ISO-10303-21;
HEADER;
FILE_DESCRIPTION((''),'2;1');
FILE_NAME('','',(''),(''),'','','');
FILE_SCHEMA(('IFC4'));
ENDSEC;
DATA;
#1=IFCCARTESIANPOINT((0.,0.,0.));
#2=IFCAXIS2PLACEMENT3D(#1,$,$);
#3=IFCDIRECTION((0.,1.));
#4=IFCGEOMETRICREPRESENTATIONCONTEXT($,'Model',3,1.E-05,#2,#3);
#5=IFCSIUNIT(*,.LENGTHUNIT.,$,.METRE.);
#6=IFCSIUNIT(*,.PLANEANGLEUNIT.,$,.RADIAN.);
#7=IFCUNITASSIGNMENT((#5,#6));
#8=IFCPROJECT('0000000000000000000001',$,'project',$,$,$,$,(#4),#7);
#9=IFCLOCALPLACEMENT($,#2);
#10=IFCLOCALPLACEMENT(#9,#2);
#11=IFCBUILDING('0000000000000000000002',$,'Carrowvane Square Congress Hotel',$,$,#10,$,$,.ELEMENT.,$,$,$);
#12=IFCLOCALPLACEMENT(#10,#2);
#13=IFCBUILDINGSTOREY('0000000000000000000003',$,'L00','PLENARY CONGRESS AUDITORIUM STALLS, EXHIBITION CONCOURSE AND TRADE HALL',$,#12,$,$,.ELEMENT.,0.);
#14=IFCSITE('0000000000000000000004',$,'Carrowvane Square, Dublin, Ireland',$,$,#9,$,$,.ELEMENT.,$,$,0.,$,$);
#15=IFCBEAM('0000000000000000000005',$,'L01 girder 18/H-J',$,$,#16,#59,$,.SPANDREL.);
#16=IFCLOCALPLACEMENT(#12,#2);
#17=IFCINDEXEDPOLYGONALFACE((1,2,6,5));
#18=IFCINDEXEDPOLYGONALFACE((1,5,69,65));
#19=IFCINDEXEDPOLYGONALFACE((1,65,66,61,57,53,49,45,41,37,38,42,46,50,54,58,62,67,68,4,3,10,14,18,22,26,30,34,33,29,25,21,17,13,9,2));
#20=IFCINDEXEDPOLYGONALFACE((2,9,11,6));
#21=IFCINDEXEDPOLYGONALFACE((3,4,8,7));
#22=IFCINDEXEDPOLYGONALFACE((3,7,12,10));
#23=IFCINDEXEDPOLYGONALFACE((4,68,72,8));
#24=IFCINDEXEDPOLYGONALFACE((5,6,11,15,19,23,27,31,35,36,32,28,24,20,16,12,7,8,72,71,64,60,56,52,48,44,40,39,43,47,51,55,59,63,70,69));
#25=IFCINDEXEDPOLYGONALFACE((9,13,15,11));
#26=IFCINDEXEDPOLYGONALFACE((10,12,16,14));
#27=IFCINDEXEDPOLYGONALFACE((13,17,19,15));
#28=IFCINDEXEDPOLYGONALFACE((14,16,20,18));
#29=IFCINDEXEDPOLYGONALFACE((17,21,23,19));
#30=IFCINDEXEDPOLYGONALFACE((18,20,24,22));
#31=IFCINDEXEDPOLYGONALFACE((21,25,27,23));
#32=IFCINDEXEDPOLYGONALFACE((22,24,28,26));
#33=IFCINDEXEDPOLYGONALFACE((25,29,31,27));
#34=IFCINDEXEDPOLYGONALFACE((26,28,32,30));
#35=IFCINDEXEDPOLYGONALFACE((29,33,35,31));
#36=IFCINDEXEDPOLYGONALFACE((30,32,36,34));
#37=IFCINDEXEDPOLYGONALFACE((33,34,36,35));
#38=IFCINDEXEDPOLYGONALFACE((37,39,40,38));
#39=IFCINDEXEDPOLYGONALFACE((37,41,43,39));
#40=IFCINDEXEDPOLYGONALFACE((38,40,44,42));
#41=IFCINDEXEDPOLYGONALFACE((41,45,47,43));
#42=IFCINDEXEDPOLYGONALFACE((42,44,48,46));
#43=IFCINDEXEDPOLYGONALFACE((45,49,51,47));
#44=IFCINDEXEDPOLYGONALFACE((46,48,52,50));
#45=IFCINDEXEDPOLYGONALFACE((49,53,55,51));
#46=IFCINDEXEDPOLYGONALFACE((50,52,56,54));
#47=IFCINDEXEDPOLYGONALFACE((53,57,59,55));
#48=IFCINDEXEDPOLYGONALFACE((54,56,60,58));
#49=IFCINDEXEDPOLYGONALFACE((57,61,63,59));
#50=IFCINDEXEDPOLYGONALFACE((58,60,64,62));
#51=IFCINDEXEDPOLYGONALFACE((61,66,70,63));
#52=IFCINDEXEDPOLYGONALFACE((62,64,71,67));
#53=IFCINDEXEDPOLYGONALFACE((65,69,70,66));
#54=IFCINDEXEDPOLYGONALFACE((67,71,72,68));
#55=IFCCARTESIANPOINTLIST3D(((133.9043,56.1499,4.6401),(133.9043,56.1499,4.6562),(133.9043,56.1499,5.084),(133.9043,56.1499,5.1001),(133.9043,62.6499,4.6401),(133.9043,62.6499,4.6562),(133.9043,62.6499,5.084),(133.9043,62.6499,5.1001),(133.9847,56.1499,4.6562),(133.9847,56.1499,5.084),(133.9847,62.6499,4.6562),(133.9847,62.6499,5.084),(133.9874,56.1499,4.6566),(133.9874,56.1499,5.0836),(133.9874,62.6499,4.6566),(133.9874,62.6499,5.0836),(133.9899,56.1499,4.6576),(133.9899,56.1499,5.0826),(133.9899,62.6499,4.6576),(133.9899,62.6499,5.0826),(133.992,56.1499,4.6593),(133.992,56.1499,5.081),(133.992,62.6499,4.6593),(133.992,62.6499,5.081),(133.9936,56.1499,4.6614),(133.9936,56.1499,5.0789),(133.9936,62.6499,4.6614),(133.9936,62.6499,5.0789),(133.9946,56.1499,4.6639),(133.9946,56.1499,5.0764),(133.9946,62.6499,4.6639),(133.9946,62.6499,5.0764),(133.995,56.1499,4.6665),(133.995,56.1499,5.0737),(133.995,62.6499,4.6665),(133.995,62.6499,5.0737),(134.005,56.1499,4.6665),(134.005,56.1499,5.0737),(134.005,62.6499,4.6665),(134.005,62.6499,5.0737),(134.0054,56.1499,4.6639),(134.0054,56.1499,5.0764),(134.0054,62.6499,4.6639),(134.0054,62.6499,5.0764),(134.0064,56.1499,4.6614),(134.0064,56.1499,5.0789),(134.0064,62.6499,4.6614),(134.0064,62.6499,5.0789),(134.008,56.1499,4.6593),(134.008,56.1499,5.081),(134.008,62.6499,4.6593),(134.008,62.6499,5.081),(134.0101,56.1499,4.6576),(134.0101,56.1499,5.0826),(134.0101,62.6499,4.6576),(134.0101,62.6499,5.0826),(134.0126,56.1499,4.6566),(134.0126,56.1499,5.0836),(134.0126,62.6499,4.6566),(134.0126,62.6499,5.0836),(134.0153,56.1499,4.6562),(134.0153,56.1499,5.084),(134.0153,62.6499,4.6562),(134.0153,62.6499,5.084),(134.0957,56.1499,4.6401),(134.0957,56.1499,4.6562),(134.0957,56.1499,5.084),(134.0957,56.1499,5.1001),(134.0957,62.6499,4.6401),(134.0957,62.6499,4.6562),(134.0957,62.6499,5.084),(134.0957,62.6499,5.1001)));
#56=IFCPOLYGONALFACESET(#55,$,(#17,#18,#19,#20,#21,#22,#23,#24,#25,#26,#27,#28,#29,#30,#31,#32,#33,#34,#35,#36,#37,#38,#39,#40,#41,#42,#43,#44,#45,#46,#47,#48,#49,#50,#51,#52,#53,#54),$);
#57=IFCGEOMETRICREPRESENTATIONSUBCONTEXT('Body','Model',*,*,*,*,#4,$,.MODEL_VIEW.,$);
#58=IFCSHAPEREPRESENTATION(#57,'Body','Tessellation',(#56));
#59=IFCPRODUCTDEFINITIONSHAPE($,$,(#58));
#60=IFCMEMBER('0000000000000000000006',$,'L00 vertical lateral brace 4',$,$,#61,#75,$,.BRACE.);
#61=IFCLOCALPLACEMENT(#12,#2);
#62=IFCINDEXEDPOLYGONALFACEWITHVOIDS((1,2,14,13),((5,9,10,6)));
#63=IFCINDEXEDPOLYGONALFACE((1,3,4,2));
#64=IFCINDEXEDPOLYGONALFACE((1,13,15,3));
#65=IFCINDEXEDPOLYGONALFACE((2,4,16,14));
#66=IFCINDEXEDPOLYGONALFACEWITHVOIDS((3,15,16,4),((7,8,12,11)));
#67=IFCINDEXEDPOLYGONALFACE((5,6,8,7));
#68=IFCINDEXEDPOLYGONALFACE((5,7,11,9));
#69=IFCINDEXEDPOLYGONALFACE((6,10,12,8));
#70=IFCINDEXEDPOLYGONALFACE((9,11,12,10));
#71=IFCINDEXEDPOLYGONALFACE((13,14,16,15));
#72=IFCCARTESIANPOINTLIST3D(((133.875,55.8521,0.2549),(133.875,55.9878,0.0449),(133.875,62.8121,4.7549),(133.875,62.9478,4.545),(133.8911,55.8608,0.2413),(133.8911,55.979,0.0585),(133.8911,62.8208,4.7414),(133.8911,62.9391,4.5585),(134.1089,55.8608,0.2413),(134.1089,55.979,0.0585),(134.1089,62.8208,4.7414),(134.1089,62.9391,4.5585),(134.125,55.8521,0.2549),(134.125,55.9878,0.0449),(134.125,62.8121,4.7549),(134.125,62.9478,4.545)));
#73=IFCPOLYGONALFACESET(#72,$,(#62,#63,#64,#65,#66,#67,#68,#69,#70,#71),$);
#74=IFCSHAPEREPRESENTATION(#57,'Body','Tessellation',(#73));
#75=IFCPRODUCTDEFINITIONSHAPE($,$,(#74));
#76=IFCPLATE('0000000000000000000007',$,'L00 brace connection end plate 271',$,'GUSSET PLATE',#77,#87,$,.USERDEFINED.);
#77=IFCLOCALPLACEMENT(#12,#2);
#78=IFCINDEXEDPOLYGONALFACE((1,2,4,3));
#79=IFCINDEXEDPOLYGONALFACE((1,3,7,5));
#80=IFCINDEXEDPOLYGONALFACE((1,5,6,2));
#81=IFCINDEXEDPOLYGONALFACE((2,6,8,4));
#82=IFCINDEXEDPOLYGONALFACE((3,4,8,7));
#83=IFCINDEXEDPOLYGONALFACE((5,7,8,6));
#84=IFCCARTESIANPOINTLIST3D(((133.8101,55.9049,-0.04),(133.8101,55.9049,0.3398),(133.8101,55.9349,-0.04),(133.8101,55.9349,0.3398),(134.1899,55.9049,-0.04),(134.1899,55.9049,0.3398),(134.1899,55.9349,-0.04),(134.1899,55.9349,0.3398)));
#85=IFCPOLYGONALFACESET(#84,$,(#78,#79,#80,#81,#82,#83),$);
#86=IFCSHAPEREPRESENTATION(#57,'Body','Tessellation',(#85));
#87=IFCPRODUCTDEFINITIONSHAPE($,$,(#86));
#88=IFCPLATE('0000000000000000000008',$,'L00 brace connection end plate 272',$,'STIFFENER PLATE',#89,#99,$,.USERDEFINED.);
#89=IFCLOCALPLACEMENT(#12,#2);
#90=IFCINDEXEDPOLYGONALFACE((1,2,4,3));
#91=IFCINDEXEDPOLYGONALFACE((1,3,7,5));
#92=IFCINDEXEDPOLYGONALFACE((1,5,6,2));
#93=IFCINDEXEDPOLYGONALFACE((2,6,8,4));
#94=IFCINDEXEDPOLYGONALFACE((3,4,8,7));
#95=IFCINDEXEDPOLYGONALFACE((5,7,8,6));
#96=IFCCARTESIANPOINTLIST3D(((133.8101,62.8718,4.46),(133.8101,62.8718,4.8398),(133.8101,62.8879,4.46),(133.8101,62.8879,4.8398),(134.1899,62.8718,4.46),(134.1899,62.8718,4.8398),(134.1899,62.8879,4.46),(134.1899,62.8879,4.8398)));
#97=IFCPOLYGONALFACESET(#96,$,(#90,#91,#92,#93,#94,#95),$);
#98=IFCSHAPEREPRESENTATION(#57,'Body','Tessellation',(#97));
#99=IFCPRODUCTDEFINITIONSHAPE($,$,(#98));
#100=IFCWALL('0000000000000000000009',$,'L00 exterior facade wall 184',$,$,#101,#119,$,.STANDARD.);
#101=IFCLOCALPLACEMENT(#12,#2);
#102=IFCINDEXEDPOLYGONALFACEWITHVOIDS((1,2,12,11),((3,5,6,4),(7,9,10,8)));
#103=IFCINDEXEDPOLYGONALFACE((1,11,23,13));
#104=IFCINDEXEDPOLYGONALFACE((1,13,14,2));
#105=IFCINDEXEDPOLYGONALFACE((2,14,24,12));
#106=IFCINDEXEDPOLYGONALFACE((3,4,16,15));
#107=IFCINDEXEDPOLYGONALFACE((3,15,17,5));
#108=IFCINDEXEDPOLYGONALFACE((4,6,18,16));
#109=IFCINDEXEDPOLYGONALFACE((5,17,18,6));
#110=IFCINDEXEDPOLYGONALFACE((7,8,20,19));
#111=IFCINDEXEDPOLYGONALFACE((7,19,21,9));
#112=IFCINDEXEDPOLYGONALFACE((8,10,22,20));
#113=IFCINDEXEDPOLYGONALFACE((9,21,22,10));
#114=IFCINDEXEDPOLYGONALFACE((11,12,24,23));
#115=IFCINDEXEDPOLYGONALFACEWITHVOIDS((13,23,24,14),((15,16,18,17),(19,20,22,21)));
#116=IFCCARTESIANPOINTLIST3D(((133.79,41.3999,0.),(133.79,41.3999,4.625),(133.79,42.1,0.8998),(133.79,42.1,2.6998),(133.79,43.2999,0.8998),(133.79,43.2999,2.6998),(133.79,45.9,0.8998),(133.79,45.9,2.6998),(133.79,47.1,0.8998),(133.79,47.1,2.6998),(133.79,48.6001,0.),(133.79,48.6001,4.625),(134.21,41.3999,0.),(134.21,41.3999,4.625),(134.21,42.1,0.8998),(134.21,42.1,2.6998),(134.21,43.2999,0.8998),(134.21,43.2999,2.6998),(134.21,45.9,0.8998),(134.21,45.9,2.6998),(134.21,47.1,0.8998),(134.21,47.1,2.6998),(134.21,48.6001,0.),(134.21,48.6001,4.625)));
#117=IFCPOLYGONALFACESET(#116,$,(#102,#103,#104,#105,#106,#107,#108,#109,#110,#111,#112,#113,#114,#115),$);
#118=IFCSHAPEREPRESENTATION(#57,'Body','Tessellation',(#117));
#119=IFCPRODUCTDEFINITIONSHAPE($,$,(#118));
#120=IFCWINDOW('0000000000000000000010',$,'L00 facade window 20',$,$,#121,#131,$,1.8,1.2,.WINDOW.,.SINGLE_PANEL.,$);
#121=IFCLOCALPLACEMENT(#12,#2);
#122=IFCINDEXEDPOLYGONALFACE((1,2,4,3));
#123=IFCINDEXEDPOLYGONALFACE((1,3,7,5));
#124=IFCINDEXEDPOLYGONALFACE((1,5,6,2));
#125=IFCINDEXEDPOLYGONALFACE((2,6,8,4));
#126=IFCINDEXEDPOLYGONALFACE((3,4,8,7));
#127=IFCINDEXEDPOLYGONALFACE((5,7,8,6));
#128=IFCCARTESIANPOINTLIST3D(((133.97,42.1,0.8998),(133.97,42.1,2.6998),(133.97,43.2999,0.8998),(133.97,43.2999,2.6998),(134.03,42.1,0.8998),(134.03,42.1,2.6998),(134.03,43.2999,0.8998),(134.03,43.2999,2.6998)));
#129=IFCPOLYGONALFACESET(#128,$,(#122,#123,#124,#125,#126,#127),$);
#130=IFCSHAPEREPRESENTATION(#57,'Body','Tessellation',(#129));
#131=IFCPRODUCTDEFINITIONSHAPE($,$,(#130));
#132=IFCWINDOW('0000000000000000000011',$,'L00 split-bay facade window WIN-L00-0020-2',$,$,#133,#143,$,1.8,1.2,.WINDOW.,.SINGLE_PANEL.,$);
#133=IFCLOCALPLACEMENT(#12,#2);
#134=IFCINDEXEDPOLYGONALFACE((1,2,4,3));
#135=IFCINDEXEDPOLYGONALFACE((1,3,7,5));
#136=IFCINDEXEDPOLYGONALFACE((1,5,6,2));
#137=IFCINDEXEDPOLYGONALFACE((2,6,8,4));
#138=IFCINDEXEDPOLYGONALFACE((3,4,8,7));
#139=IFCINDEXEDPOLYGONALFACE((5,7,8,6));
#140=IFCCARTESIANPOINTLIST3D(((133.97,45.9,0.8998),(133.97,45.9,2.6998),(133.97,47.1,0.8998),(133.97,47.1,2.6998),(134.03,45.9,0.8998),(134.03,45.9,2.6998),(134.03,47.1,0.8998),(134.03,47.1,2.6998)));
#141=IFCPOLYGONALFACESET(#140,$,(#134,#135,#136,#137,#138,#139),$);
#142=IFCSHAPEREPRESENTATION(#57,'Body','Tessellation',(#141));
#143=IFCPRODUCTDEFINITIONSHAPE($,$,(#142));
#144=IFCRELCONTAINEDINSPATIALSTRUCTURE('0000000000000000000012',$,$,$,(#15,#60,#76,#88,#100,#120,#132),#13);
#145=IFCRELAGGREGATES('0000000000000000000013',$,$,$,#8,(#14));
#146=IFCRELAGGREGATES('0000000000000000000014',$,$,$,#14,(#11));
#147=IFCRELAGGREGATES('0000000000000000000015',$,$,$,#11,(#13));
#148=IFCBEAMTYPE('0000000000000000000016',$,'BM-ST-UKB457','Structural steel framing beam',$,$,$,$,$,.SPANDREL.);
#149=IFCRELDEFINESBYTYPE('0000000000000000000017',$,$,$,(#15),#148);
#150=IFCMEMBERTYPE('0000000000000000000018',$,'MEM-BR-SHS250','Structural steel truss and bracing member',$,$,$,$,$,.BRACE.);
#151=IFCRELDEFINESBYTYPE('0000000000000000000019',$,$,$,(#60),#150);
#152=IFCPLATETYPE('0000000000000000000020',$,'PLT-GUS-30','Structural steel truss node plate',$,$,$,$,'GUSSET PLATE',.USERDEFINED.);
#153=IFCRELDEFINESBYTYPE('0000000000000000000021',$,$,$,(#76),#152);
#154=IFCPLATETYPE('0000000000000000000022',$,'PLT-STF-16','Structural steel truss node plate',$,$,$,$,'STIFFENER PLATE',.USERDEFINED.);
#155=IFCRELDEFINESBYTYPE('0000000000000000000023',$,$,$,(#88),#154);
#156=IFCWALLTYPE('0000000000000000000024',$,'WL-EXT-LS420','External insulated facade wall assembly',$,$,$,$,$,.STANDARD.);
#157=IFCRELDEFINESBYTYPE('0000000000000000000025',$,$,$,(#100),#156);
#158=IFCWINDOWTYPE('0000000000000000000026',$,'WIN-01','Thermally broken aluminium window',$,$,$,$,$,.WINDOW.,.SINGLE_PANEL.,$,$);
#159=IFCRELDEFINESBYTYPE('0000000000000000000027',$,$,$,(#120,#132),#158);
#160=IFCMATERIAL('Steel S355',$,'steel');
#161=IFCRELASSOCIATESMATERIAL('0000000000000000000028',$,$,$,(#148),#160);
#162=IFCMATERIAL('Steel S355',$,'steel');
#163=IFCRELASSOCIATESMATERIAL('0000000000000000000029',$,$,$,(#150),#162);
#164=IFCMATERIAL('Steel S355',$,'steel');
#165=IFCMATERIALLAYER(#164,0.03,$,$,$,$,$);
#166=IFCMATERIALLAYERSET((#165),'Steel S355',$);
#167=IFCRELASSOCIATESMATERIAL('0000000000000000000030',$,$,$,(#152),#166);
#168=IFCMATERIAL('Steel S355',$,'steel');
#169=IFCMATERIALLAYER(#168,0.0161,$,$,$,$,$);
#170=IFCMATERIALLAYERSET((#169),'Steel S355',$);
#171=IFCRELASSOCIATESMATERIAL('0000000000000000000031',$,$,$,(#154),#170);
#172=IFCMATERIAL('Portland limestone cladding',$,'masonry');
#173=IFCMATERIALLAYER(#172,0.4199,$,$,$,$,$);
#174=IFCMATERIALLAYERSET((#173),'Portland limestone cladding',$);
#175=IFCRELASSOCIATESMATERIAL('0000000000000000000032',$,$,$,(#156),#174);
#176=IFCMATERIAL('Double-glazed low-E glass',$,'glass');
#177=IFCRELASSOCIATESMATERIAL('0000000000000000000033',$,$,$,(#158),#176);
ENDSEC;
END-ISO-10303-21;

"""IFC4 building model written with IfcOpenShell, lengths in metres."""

from ifc_helpers import new_model, si_unit, direction, frame, frame_2d, origin, origin_2d, place, context, subcontext, project, spatial, rectangle, hollow_rectangle, i_section, extrude, material, layer, layer_set, material_profile, profile_set, type_object, element, fill, save


model = new_model("IFC4")

# Units and contexts
model_context = context("Model", 3, precision=1e-05, world=origin(), true_north=direction((0.0, 1.0)))
body_context = subcontext(model_context, "Body", "Model", "MODEL_VIEW")
ifc_project = project(units=[si_unit("LENGTHUNIT", "METRE"), si_unit("PLANEANGLEUNIT", "RADIAN")], contexts=[model_context])

# Site, building, storey
site_placement = place(None, origin())
site = spatial("IfcSite", under=ifc_project, at=site_placement, Name="Carrowvane Square, Dublin, Ireland", CompositionType="ELEMENT", RefElevation=0.0)
building_placement = place(site_placement, origin())
building = spatial("IfcBuilding", under=site, at=building_placement, Name="Carrowvane Square Congress Hotel", CompositionType="ELEMENT")
storey_placement = place(building_placement, origin())
storey = spatial("IfcBuildingStorey", under=building, at=storey_placement, Name="L00", Description="PLENARY CONGRESS AUDITORIUM STALLS, EXHIBITION CONCOURSE AND TRADE HALL", CompositionType="ELEMENT", Elevation=0.0)

# Beam
ifc_material_1 = material(Name="Steel S355", Category="steel")
ifc_material_profile_1 = material_profile(ifc_material_1, i_section(OverallWidth=0.1914, OverallDepth=0.46, WebThickness=0.01, FlangeThickness=0.0161, FilletRadius=0.0103, at=origin_2d()), Name="UKB 457x191x82")
ifc_profile_set_1 = profile_set([ifc_material_profile_1], Name="Steel S355")
beam_type_1 = type_object("IfcBeamType", Name="BM-ST-UKB457", Description="Structural steel framing beam", PredefinedType="SPANDREL", material=ifc_profile_set_1)
for number, where, z_axis, x_axis, name in (
    (1, (134.0, 56.1499, 4.8701), (0.0, 1.0, 0.0), (-1.0, 0.0, 0.0), "L01 girder 18/H-J"),
):
    element("IfcBeam", number, at=place(storey_placement, frame(where, z_axis=z_axis, x_axis=x_axis)), inside=storey, type_object=beam_type_1, Name=name, PredefinedType="SPANDREL", context=body_context, shape_type="SweptSolid", body=[
        extrude(i_section(OverallWidth=0.1914, OverallDepth=0.46, WebThickness=0.01, FlangeThickness=0.0161, FilletRadius=0.0103, at=origin_2d()), origin(), (0.0, 0.0, 1.0), 6.5),
    ])

# Member
ifc_material_2 = material(Name="Steel S355", Category="steel")
ifc_material_profile_2 = material_profile(ifc_material_2, hollow_rectangle(XDim=0.25, YDim=0.25, WallThickness=0.0161, at=origin_2d()), Name="SHS 250x250x16")
ifc_profile_set_2 = profile_set([ifc_material_profile_2], Name="Steel S355")
member_type = type_object("IfcMemberType", Name="MEM-BR-SHS250", Description="Structural steel truss and bracing member", PredefinedType="BRACE", material=ifc_profile_set_2)
member_placement = place(storey_placement, frame((134.0, 55.9199, 0.1499), z_axis=(0.0, 0.839763, 0.542953), x_axis=(-1.0, 0.0, 0.0)))
element("IfcMember", 2, at=member_placement, inside=storey, type_object=member_type, Name="L00 vertical lateral brace 4", PredefinedType="BRACE", context=body_context, shape_type="SweptSolid", body=[
    extrude(hollow_rectangle(XDim=0.25, YDim=0.25, WallThickness=0.0161, at=origin_2d()), origin(), (0.0, 0.0, 1.0), 8.2881),
])

# Plates
ifc_material_3 = material(Name="Steel S355", Category="steel")
ifc_layer_1 = layer(ifc_material_3, 0.03)
ifc_layer_set_1 = layer_set([ifc_layer_1], Name="Steel S355")
plate_type_1 = type_object("IfcPlateType", Name="PLT-GUS-30", Description="Structural steel truss node plate", ElementType="GUSSET PLATE", PredefinedType="USERDEFINED", material=ifc_layer_set_1)
plate_1_placement = place(storey_placement, frame((134.0, 55.9199, -0.04), z_axis=(0.0, 0.0, 1.0), x_axis=(1.0, 0.0, 0.0)))
element("IfcPlate", 3, at=plate_1_placement, inside=storey, type_object=plate_type_1, Name="L00 brace connection end plate 271", ObjectType="GUSSET PLATE", PredefinedType="USERDEFINED", context=body_context, shape_type="SweptSolid", body=[
    extrude(rectangle(XDim=0.3799, YDim=0.03, at=origin_2d()), origin(), (0.0, 0.0, 1.0), 0.3799),
])
ifc_material_4 = material(Name="Steel S355", Category="steel")
ifc_layer_2 = layer(ifc_material_4, 0.0161)
ifc_layer_set_2 = layer_set([ifc_layer_2], Name="Steel S355")
plate_type_2 = type_object("IfcPlateType", Name="PLT-STF-16", Description="Structural steel truss node plate", ElementType="STIFFENER PLATE", PredefinedType="USERDEFINED", material=ifc_layer_set_2)
plate_2_placement = place(storey_placement, frame((134.0, 62.8799, 4.46), z_axis=(0.0, 0.0, 1.0), x_axis=(1.0, 0.0, 0.0)))
element("IfcPlate", 4, at=plate_2_placement, inside=storey, type_object=plate_type_2, Name="L00 brace connection end plate 272", ObjectType="STIFFENER PLATE", PredefinedType="USERDEFINED", context=body_context, shape_type="SweptSolid", body=[
    extrude(rectangle(XDim=0.3799, YDim=0.0161, at=origin_2d()), origin(), (0.0, 0.0, 1.0), 0.3799),
])

# Wall, openings, windows
ifc_material_5 = material(Name="Portland limestone cladding", Category="masonry")
ifc_layer_3 = layer(ifc_material_5, 0.4199)
ifc_layer_set_3 = layer_set([ifc_layer_3], Name="Portland limestone cladding")
wall_type_1 = type_object("IfcWallType", Name="WL-EXT-LS420", Description="External insulated facade wall assembly", PredefinedType="STANDARD", material=ifc_layer_set_3)
wall_1_placement = place(storey_placement, frame((134.0, 41.3999, 0.0), z_axis=(0.0, 0.0, 1.0), x_axis=(0.0, 1.0, 0.0)))
wall_1 = element("IfcWall", 5, at=wall_1_placement, inside=storey, type_object=wall_type_1, Name="L00 exterior facade wall 184", PredefinedType="STANDARD", context=body_context, shape_type="SweptSolid", body=[
    extrude(rectangle(XDim=7.2002, YDim=0.4199, at=frame_2d((3.6001, 0.0))), origin(), (0.0, 0.0, 1.0), 4.625),
])
opening_1_placement = place(wall_1_placement, frame((0.7, 0.0, 0.8999)))
opening_1 = element("IfcOpeningElement", 6, at=opening_1_placement, cuts=wall_1, PredefinedType="OPENING", context=body_context, shape_type="SweptSolid", body=[
    extrude(rectangle(XDim=1.2, YDim=1.8, at=frame_2d((0.6001, 0.8999))), frame((0.0, 0.22, 0.0), z_axis=(0.0, -1.0, 0.0), x_axis=(1.0, 0.0, 0.0)), (0.0, 0.0, 1.0), 0.4399),
])
opening_2_placement = place(wall_1_placement, frame((4.5, 0.0, 0.8999)))
opening_2 = element("IfcOpeningElement", 7, at=opening_2_placement, cuts=wall_1, PredefinedType="OPENING", context=body_context, shape_type="SweptSolid", body=[
    extrude(rectangle(XDim=1.2, YDim=1.8, at=frame_2d((0.6001, 0.8999))), frame((0.0, 0.22, 0.0), z_axis=(0.0, -1.0, 0.0), x_axis=(1.0, 0.0, 0.0)), (0.0, 0.0, 1.0), 0.4399),
])
ifc_material_6 = material(Name="Double-glazed low-E glass", Category="glass")
window_type_1 = type_object("IfcWindowType", Name="WIN-01", Description="Thermally broken aluminium window", PartitioningType="SINGLE_PANEL", PredefinedType="WINDOW", material=ifc_material_6)
window_1_placement = place(opening_1_placement, origin())
window_1 = element("IfcWindow", 8, at=window_1_placement, inside=storey, type_object=window_type_1, Name="L00 facade window 20", OverallHeight=1.8, OverallWidth=1.2, PartitioningType="SINGLE_PANEL", PredefinedType="WINDOW", context=body_context, shape_type="SweptSolid", body=[
    extrude(rectangle(XDim=1.2, YDim=1.8, at=frame_2d((0.6001, 0.8999))), frame((0.0, 0.03, 0.0), z_axis=(0.0, -1.0, 0.0), x_axis=(1.0, 0.0, 0.0)), (0.0, 0.0, 1.0), 0.0601),
])
fill(opening_1, window_1)
window_2_placement = place(opening_2_placement, origin())
window_2 = element("IfcWindow", 9, at=window_2_placement, inside=storey, type_object=window_type_1, Name="L00 split-bay facade window WIN-L00-0020-2", OverallHeight=1.8, OverallWidth=1.2, PartitioningType="SINGLE_PANEL", PredefinedType="WINDOW", context=body_context, shape_type="SweptSolid", body=[
    extrude(rectangle(XDim=1.2, YDim=1.8, at=frame_2d((0.6001, 0.8999))), frame((0.0, 0.03, 0.0), z_axis=(0.0, -1.0, 0.0), x_axis=(1.0, 0.0, 0.0)), (0.0, 0.0, 1.0), 0.0601),
])
fill(opening_2, window_2)

save(model, "model.ifc")
